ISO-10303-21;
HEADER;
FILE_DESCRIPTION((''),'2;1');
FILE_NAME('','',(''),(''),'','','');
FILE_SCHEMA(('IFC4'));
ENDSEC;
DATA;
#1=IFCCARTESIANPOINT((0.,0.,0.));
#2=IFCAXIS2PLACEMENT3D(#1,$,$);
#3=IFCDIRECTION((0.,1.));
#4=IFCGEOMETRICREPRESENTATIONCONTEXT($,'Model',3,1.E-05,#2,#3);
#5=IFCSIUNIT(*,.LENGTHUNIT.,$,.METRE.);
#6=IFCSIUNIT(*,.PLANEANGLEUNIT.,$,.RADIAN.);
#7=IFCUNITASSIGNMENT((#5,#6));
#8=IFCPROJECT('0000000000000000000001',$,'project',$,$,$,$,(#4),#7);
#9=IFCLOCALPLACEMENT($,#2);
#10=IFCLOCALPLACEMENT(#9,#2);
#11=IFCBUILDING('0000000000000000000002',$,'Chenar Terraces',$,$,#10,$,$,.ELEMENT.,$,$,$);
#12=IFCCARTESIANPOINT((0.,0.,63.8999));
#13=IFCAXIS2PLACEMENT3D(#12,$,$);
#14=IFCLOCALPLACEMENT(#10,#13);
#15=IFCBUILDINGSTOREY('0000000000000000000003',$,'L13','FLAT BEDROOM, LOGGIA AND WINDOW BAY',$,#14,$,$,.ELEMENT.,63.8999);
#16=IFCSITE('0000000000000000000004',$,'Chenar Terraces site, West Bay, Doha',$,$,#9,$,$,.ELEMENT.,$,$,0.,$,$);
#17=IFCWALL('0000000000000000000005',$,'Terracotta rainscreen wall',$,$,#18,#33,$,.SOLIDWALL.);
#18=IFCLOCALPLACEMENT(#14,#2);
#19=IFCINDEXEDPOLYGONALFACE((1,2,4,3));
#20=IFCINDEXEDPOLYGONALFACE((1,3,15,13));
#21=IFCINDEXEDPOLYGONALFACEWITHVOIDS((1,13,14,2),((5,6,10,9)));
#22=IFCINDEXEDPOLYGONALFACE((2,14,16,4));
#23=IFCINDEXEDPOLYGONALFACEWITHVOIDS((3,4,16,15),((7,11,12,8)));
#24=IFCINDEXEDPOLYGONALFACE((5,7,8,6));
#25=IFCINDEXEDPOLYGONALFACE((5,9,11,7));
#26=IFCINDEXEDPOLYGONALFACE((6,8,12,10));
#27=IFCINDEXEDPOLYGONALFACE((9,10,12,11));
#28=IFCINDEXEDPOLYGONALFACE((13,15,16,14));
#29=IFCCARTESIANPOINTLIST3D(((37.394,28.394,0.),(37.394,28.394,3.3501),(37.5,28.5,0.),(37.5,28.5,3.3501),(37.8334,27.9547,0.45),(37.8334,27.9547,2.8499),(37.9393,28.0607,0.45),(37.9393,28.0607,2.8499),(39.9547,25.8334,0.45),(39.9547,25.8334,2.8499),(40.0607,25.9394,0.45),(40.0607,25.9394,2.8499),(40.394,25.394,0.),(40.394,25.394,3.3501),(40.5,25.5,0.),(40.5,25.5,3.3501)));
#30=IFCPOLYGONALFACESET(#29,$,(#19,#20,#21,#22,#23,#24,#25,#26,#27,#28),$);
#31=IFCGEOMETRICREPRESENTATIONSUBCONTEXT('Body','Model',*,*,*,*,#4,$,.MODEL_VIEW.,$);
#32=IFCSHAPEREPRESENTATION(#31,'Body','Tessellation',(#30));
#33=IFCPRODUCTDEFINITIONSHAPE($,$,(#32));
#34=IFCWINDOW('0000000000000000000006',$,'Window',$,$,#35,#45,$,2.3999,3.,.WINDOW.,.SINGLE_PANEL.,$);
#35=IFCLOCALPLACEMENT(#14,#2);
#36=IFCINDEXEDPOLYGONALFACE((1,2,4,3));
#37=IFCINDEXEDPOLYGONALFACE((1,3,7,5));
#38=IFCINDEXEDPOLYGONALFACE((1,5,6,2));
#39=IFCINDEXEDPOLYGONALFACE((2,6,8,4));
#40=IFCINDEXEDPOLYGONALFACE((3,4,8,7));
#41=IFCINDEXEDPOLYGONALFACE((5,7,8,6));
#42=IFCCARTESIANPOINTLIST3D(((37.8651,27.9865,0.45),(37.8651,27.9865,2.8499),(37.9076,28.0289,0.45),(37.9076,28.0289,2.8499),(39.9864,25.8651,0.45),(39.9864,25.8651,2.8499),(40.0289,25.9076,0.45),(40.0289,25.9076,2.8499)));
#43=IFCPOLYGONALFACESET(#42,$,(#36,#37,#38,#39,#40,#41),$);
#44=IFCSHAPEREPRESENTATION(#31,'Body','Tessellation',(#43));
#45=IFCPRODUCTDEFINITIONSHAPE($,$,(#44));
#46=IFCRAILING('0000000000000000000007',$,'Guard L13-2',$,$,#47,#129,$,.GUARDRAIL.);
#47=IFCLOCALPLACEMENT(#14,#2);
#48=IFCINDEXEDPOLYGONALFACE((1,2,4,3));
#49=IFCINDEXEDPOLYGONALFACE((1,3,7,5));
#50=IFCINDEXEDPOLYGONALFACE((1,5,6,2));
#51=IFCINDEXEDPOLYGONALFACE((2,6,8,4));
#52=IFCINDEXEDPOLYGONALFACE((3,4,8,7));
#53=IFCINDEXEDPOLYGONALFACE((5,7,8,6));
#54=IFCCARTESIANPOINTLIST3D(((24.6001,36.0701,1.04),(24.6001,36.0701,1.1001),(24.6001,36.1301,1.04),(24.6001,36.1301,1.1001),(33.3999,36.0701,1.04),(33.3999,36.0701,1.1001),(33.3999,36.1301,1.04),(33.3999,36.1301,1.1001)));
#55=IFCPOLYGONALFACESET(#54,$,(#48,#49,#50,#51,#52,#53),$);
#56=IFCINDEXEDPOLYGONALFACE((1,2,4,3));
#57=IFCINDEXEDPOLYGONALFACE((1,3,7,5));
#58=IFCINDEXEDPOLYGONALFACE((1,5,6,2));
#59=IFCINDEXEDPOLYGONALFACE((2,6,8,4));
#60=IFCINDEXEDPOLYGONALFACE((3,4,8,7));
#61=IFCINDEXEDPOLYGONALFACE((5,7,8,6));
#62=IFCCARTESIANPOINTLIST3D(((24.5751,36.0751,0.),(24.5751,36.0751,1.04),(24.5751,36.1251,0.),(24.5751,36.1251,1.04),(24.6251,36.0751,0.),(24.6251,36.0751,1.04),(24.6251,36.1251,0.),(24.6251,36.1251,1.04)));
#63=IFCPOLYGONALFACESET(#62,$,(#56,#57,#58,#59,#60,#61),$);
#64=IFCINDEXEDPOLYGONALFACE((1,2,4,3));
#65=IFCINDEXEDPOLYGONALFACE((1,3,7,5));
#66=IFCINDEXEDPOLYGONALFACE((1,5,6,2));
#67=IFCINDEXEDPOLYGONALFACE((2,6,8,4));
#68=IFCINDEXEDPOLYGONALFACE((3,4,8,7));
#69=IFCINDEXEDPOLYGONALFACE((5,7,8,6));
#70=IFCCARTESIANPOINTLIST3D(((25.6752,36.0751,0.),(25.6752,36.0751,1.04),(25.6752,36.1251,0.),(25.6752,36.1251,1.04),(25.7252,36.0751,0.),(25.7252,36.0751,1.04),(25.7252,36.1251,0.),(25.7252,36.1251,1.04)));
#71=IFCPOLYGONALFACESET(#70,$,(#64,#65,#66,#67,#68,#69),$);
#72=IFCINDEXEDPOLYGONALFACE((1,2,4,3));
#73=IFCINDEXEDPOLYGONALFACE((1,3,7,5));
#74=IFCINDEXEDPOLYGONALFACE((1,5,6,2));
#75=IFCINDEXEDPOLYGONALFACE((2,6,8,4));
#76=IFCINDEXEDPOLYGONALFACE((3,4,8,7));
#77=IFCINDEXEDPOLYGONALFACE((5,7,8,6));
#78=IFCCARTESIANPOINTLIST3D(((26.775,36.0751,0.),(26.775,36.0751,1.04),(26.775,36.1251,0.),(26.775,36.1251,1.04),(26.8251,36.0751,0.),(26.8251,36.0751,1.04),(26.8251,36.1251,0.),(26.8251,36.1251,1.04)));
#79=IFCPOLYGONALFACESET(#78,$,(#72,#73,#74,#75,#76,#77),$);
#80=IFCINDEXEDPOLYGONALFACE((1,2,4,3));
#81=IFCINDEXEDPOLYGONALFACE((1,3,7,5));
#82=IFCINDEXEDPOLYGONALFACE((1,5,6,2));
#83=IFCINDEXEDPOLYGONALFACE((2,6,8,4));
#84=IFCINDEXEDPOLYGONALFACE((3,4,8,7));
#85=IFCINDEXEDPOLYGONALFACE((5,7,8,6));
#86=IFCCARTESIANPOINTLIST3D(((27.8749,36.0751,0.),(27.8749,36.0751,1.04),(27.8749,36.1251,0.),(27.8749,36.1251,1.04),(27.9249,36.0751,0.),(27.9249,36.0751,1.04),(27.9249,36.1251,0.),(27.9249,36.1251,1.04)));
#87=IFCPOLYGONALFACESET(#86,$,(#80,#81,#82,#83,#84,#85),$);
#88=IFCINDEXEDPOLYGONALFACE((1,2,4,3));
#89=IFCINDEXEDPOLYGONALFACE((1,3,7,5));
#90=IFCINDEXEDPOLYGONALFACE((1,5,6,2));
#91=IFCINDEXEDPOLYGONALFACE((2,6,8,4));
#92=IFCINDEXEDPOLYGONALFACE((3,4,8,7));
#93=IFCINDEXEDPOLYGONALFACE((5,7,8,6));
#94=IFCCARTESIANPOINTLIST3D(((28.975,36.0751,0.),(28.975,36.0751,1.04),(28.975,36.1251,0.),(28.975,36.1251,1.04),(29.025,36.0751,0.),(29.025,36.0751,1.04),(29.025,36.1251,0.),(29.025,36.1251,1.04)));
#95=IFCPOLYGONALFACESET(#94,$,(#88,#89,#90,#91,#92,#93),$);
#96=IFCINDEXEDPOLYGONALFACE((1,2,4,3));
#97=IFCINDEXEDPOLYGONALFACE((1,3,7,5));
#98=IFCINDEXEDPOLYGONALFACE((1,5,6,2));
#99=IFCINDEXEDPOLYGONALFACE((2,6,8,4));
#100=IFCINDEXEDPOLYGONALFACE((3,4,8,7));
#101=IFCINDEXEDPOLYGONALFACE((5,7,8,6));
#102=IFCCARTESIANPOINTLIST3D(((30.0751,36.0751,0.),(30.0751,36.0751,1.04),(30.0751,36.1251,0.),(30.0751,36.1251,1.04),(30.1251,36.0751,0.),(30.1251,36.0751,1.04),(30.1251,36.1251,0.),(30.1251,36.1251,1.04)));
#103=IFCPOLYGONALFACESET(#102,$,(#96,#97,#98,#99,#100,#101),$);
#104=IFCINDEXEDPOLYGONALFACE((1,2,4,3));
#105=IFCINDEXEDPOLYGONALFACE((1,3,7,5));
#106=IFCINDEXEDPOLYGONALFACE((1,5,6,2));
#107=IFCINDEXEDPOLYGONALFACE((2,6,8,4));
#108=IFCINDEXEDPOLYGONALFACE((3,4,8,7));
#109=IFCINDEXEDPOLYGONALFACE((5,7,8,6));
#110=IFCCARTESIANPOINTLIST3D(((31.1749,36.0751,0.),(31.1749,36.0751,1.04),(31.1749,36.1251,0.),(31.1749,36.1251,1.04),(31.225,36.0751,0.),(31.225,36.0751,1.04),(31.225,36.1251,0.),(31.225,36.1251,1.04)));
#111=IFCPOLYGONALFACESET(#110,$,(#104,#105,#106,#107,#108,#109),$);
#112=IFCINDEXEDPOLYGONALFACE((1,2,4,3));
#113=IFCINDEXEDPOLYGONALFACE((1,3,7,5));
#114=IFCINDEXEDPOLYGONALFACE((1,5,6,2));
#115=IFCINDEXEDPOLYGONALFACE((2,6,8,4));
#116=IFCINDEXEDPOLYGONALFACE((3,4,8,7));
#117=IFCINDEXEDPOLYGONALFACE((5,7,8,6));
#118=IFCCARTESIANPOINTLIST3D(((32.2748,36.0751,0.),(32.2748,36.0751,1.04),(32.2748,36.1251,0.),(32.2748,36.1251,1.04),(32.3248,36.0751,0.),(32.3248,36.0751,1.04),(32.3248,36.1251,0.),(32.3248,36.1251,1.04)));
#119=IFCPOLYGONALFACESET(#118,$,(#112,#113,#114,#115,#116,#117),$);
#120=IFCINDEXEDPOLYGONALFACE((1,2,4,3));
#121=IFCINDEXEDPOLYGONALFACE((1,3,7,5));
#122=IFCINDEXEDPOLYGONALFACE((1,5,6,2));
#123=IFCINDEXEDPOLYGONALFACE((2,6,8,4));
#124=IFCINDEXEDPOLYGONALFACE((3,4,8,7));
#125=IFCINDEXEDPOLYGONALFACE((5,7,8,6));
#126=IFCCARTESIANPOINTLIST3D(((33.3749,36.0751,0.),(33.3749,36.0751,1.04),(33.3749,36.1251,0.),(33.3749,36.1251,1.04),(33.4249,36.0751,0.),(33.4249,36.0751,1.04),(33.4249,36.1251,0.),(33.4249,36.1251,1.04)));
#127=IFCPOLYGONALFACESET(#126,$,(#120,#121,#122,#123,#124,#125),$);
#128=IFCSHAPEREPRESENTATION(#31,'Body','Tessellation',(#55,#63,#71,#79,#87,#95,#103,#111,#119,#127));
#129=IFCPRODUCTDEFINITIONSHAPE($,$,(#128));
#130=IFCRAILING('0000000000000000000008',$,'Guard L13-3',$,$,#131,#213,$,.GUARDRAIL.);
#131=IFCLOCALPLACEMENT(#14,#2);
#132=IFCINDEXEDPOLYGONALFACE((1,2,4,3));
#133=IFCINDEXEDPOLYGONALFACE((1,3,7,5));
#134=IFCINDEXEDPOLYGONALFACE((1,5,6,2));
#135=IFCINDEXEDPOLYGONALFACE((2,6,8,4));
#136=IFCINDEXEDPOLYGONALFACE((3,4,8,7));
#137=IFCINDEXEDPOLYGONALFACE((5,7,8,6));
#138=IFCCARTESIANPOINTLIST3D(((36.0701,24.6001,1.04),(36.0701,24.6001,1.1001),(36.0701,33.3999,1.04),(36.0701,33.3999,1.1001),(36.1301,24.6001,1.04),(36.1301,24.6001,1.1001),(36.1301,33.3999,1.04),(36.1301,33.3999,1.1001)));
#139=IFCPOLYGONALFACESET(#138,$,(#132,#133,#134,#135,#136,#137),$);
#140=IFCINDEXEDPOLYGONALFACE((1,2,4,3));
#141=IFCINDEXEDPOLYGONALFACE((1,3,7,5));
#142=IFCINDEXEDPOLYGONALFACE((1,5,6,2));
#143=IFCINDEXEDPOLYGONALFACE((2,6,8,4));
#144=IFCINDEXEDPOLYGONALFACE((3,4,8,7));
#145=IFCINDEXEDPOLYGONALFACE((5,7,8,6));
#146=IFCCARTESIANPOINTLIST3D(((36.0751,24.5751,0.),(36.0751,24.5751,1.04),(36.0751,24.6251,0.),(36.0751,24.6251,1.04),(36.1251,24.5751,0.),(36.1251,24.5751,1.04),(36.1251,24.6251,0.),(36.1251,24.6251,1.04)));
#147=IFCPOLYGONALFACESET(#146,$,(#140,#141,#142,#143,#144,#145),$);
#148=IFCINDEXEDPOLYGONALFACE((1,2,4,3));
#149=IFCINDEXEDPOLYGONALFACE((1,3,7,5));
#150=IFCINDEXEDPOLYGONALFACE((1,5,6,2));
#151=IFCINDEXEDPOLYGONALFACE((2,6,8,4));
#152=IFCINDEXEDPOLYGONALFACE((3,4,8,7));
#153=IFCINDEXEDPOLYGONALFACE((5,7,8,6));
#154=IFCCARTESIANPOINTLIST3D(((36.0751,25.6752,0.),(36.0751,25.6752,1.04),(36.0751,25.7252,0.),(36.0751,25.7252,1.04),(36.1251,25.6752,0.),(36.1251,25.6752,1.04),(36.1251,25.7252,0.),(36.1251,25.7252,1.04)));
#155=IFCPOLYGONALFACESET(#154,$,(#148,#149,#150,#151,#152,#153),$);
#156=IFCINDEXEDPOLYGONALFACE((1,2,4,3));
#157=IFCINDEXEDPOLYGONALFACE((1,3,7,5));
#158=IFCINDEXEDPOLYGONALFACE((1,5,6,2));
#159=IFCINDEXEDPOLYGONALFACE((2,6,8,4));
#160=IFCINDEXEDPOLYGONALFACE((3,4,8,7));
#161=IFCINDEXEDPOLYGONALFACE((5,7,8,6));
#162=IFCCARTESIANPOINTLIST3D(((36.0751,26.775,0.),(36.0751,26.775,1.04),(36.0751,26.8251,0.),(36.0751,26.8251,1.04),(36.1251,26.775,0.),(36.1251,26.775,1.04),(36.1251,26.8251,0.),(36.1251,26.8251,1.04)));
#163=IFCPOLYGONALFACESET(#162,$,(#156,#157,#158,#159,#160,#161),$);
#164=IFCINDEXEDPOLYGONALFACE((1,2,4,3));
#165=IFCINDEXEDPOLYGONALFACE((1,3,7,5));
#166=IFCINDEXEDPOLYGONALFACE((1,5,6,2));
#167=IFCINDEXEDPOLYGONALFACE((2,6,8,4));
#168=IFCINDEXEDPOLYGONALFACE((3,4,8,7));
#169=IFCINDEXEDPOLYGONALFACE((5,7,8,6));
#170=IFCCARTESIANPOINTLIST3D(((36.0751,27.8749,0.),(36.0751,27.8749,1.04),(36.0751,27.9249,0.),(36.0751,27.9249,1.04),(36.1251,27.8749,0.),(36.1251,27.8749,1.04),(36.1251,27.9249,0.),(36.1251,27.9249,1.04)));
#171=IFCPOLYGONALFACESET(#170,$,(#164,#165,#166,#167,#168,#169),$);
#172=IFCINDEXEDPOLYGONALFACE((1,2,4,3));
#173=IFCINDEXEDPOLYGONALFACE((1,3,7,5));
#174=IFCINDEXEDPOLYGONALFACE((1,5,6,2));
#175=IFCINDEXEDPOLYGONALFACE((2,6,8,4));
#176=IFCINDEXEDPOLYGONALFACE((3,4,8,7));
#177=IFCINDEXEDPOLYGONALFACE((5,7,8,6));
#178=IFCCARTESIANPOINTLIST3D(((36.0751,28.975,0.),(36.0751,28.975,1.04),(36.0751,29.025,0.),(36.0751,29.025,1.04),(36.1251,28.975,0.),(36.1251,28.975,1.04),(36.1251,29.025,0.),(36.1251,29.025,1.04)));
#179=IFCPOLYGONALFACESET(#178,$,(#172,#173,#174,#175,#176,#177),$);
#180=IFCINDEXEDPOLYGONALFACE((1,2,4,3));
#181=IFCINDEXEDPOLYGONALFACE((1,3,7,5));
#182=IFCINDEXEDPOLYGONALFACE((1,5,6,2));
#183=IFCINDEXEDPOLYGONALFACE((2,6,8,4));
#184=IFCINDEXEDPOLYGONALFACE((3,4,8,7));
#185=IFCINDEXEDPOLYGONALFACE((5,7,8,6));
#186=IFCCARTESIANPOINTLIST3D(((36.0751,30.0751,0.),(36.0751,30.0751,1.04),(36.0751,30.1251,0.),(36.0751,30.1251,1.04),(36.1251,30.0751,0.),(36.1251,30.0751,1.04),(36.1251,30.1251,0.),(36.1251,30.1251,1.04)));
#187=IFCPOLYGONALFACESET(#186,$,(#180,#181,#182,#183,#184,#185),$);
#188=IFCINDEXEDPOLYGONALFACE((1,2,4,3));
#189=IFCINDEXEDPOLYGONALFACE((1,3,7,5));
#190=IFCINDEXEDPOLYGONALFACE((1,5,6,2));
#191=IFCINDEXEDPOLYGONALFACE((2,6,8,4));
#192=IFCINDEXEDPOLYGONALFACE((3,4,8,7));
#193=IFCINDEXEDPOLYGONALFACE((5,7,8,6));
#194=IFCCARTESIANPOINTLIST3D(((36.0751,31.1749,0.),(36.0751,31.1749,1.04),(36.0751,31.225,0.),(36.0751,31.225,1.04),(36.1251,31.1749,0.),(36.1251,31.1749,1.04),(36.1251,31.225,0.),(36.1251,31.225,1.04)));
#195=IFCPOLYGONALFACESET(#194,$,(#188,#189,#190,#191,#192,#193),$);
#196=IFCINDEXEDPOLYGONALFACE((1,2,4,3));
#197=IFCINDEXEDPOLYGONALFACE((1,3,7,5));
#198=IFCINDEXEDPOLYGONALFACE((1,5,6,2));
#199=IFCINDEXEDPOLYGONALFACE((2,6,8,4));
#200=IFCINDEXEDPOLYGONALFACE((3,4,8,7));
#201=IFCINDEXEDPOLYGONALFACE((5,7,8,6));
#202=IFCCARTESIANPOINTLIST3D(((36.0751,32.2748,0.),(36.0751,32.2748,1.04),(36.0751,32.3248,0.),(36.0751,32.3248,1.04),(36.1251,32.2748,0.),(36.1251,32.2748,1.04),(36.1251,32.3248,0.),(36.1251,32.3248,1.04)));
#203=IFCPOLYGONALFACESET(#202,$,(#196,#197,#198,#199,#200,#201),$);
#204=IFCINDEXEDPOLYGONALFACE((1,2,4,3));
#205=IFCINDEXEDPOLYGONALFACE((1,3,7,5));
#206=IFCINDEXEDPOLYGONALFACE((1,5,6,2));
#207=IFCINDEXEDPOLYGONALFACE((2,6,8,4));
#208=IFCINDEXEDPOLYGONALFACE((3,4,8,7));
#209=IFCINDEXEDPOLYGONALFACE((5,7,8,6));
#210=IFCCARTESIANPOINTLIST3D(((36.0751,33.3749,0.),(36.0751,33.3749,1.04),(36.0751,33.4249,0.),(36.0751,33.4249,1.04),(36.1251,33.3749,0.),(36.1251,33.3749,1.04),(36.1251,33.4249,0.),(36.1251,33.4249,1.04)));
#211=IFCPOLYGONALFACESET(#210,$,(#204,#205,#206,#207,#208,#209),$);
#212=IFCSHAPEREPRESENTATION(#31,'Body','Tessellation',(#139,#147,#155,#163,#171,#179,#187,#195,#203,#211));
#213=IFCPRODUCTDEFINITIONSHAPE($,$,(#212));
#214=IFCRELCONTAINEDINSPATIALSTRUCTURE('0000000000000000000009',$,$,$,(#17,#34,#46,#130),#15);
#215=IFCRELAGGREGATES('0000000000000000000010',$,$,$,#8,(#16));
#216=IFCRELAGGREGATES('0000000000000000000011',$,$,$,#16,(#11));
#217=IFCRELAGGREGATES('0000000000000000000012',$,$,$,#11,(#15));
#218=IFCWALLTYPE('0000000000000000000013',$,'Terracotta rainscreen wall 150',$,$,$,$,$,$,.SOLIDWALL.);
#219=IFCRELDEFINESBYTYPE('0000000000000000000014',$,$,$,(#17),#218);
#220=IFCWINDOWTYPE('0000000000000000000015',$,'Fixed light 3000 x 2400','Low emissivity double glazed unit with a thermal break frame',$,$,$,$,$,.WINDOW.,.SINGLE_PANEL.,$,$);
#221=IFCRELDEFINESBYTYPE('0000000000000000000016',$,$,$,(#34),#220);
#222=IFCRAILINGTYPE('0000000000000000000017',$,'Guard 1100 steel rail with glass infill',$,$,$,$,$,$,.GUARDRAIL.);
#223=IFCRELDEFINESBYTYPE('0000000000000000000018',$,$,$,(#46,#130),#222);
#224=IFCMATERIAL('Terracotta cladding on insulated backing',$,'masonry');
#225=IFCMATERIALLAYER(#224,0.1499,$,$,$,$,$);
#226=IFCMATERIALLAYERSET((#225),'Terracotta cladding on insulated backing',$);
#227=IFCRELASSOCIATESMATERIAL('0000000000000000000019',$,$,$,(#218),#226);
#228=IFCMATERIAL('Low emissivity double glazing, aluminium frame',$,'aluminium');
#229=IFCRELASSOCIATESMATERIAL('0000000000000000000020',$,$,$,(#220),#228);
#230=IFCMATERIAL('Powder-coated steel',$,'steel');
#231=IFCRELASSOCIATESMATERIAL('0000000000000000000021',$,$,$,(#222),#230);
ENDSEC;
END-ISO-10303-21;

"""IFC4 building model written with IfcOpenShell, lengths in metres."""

from ifc_helpers import new_model, si_unit, direction, frame, frame_2d, origin, origin_2d, place, context, subcontext, project, spatial, rectangle, extrude, material, layer, layer_set, type_object, element, fill, save


model = new_model("IFC4")

# Units and contexts
model_context = context("Model", 3, precision=1e-05, world=origin(), true_north=direction((0.0, 1.0)))
body_context = subcontext(model_context, "Body", "Model", "MODEL_VIEW")
ifc_project = project(units=[si_unit("LENGTHUNIT", "METRE"), si_unit("PLANEANGLEUNIT", "RADIAN")], contexts=[model_context])

# Site, building, storey
site_placement = place(None, origin())
site = spatial("IfcSite", under=ifc_project, at=site_placement, Name="Chenar Terraces site, West Bay, Doha", CompositionType="ELEMENT", RefElevation=0.0)
building_placement = place(site_placement, origin())
building = spatial("IfcBuilding", under=site, at=building_placement, Name="Chenar Terraces", CompositionType="ELEMENT")
storey_placement = place(building_placement, frame((0.0, 0.0, 63.8999)))
storey = spatial("IfcBuildingStorey", under=building, at=storey_placement, Name="L13", Description="FLAT BEDROOM, LOGGIA AND WINDOW BAY", CompositionType="ELEMENT", Elevation=63.8999)

# Wall, opening, window
ifc_material_1 = material(Name="Terracotta cladding on insulated backing", Category="masonry")
ifc_layer_1 = layer(ifc_material_1, 0.1499)
ifc_layer_set_1 = layer_set([ifc_layer_1], Name="Terracotta cladding on insulated backing")
wall_type = type_object("IfcWallType", Name="Terracotta rainscreen wall 150", PredefinedType="SOLIDWALL", material=ifc_layer_set_1)
wall_placement = place(storey_placement, frame((40.447, 25.447, 0.0), z_axis=(0.0, 0.0, 1.0), x_axis=(-0.707107, 0.707107, 0.0)))
wall = element("IfcWall", 1, at=wall_placement, inside=storey, type_object=wall_type, Name="Terracotta rainscreen wall", PredefinedType="SOLIDWALL", context=body_context, shape_type="SweptSolid", body=[
    extrude(rectangle(XDim=4.2427, YDim=0.1499, at=frame_2d((2.1213, 0.0))), origin(), (0.0, 0.0, 1.0), 3.3501),
])
opening_placement = place(wall_placement, frame((0.6213, 0.0, 0.45)))
opening = element("IfcOpeningElement", 2, at=opening_placement, cuts=wall, PredefinedType="OPENING", context=body_context, shape_type="SweptSolid", body=[
    extrude(rectangle(XDim=3.0, YDim=2.3999, at=frame_2d((1.5, 1.2))), frame((0.0, 0.085, 0.0), z_axis=(0.0, -1.0, 0.0), x_axis=(1.0, 0.0, 0.0)), (0.0, 0.0, 1.0), 0.1699),
])
ifc_material_2 = material(Name="Low emissivity double glazing, aluminium frame", Category="aluminium")
window_type = type_object("IfcWindowType", Name="Fixed light 3000 x 2400", Description="Low emissivity double glazed unit with a thermal break frame", PartitioningType="SINGLE_PANEL", PredefinedType="WINDOW", material=ifc_material_2)
window_placement = place(opening_placement, origin())
window = element("IfcWindow", 3, at=window_placement, inside=storey, type_object=window_type, Name="Window", OverallHeight=2.3999, OverallWidth=3.0, PartitioningType="SINGLE_PANEL", PredefinedType="WINDOW", context=body_context, shape_type="SweptSolid", body=[
    extrude(rectangle(XDim=3.0, YDim=2.3999, at=frame_2d((1.5, 1.2))), frame((0.0, 0.03, 0.0), z_axis=(0.0, -1.0, 0.0), x_axis=(1.0, 0.0, 0.0)), (0.0, 0.0, 1.0), 0.0601),
])
fill(opening, window)

# Railings
ifc_material_3 = material(Name="Powder-coated steel", Category="steel")
railing_type = type_object("IfcRailingType", Name="Guard 1100 steel rail with glass infill", PredefinedType="GUARDRAIL", material=ifc_material_3)
railing_1_placement = place(storey_placement, frame((24.6001, 36.1001, 0.0)))
element("IfcRailing", 4, at=railing_1_placement, inside=storey, type_object=railing_type, Name="Guard L13-2", PredefinedType="GUARDRAIL", context=body_context, shape_type="SweptSolid", body=[
    extrude(rectangle(XDim=0.0601, YDim=0.0601, at=origin_2d()), frame((0.0, 0.0, 1.0701), z_axis=(1.0, 0.0, 0.0), x_axis=(0.0, 1.0, 0.0)), (0.0, 0.0, 1.0), 8.7998),
    extrude(rectangle(XDim=0.05, YDim=0.05, at=origin_2d()), origin(), (0.0, 0.0, 1.0), 1.04),
    extrude(rectangle(XDim=0.05, YDim=0.05, at=origin_2d()), frame((1.1001, 0.0, 0.0)), (0.0, 0.0, 1.0), 1.04),
    extrude(rectangle(XDim=0.05, YDim=0.05, at=origin_2d()), frame((2.2, 0.0, 0.0)), (0.0, 0.0, 1.0), 1.04),
    extrude(rectangle(XDim=0.05, YDim=0.05, at=origin_2d()), frame((3.2998, 0.0, 0.0)), (0.0, 0.0, 1.0), 1.04),
    extrude(rectangle(XDim=0.05, YDim=0.05, at=origin_2d()), frame((4.3999, 0.0, 0.0)), (0.0, 0.0, 1.0), 1.04),
    extrude(rectangle(XDim=0.05, YDim=0.05, at=origin_2d()), frame((5.5, 0.0, 0.0)), (0.0, 0.0, 1.0), 1.04),
    extrude(rectangle(XDim=0.05, YDim=0.05, at=origin_2d()), frame((6.5999, 0.0, 0.0)), (0.0, 0.0, 1.0), 1.04),
    extrude(rectangle(XDim=0.05, YDim=0.05, at=origin_2d()), frame((7.6997, 0.0, 0.0)), (0.0, 0.0, 1.0), 1.04),
    extrude(rectangle(XDim=0.05, YDim=0.05, at=origin_2d()), frame((8.7998, 0.0, 0.0)), (0.0, 0.0, 1.0), 1.04),
])
railing_2_placement = place(storey_placement, frame((36.1001, 24.6001, 0.0)))
element("IfcRailing", 5, at=railing_2_placement, inside=storey, type_object=railing_type, Name="Guard L13-3", PredefinedType="GUARDRAIL", context=body_context, shape_type="SweptSolid", body=[
    extrude(rectangle(XDim=0.0601, YDim=0.0601, at=origin_2d()), frame((0.0, 0.0, 1.0701), z_axis=(0.0, 1.0, 0.0), x_axis=(-1.0, 0.0, 0.0)), (0.0, 0.0, 1.0), 8.7998),
    extrude(rectangle(XDim=0.05, YDim=0.05, at=origin_2d()), origin(), (0.0, 0.0, 1.0), 1.04),
    extrude(rectangle(XDim=0.05, YDim=0.05, at=origin_2d()), frame((0.0, 1.1001, 0.0)), (0.0, 0.0, 1.0), 1.04),
    extrude(rectangle(XDim=0.05, YDim=0.05, at=origin_2d()), frame((0.0, 2.2, 0.0)), (0.0, 0.0, 1.0), 1.04),
    extrude(rectangle(XDim=0.05, YDim=0.05, at=origin_2d()), frame((0.0, 3.2998, 0.0)), (0.0, 0.0, 1.0), 1.04),
    extrude(rectangle(XDim=0.05, YDim=0.05, at=origin_2d()), frame((0.0, 4.3999, 0.0)), (0.0, 0.0, 1.0), 1.04),
    extrude(rectangle(XDim=0.05, YDim=0.05, at=origin_2d()), frame((0.0, 5.5, 0.0)), (0.0, 0.0, 1.0), 1.04),
    extrude(rectangle(XDim=0.05, YDim=0.05, at=origin_2d()), frame((0.0, 6.5999, 0.0)), (0.0, 0.0, 1.0), 1.04),
    extrude(rectangle(XDim=0.05, YDim=0.05, at=origin_2d()), frame((0.0, 7.6997, 0.0)), (0.0, 0.0, 1.0), 1.04),
    extrude(rectangle(XDim=0.05, YDim=0.05, at=origin_2d()), frame((0.0, 8.7998, 0.0)), (0.0, 0.0, 1.0), 1.04),
])

save(model, "model.ifc")
